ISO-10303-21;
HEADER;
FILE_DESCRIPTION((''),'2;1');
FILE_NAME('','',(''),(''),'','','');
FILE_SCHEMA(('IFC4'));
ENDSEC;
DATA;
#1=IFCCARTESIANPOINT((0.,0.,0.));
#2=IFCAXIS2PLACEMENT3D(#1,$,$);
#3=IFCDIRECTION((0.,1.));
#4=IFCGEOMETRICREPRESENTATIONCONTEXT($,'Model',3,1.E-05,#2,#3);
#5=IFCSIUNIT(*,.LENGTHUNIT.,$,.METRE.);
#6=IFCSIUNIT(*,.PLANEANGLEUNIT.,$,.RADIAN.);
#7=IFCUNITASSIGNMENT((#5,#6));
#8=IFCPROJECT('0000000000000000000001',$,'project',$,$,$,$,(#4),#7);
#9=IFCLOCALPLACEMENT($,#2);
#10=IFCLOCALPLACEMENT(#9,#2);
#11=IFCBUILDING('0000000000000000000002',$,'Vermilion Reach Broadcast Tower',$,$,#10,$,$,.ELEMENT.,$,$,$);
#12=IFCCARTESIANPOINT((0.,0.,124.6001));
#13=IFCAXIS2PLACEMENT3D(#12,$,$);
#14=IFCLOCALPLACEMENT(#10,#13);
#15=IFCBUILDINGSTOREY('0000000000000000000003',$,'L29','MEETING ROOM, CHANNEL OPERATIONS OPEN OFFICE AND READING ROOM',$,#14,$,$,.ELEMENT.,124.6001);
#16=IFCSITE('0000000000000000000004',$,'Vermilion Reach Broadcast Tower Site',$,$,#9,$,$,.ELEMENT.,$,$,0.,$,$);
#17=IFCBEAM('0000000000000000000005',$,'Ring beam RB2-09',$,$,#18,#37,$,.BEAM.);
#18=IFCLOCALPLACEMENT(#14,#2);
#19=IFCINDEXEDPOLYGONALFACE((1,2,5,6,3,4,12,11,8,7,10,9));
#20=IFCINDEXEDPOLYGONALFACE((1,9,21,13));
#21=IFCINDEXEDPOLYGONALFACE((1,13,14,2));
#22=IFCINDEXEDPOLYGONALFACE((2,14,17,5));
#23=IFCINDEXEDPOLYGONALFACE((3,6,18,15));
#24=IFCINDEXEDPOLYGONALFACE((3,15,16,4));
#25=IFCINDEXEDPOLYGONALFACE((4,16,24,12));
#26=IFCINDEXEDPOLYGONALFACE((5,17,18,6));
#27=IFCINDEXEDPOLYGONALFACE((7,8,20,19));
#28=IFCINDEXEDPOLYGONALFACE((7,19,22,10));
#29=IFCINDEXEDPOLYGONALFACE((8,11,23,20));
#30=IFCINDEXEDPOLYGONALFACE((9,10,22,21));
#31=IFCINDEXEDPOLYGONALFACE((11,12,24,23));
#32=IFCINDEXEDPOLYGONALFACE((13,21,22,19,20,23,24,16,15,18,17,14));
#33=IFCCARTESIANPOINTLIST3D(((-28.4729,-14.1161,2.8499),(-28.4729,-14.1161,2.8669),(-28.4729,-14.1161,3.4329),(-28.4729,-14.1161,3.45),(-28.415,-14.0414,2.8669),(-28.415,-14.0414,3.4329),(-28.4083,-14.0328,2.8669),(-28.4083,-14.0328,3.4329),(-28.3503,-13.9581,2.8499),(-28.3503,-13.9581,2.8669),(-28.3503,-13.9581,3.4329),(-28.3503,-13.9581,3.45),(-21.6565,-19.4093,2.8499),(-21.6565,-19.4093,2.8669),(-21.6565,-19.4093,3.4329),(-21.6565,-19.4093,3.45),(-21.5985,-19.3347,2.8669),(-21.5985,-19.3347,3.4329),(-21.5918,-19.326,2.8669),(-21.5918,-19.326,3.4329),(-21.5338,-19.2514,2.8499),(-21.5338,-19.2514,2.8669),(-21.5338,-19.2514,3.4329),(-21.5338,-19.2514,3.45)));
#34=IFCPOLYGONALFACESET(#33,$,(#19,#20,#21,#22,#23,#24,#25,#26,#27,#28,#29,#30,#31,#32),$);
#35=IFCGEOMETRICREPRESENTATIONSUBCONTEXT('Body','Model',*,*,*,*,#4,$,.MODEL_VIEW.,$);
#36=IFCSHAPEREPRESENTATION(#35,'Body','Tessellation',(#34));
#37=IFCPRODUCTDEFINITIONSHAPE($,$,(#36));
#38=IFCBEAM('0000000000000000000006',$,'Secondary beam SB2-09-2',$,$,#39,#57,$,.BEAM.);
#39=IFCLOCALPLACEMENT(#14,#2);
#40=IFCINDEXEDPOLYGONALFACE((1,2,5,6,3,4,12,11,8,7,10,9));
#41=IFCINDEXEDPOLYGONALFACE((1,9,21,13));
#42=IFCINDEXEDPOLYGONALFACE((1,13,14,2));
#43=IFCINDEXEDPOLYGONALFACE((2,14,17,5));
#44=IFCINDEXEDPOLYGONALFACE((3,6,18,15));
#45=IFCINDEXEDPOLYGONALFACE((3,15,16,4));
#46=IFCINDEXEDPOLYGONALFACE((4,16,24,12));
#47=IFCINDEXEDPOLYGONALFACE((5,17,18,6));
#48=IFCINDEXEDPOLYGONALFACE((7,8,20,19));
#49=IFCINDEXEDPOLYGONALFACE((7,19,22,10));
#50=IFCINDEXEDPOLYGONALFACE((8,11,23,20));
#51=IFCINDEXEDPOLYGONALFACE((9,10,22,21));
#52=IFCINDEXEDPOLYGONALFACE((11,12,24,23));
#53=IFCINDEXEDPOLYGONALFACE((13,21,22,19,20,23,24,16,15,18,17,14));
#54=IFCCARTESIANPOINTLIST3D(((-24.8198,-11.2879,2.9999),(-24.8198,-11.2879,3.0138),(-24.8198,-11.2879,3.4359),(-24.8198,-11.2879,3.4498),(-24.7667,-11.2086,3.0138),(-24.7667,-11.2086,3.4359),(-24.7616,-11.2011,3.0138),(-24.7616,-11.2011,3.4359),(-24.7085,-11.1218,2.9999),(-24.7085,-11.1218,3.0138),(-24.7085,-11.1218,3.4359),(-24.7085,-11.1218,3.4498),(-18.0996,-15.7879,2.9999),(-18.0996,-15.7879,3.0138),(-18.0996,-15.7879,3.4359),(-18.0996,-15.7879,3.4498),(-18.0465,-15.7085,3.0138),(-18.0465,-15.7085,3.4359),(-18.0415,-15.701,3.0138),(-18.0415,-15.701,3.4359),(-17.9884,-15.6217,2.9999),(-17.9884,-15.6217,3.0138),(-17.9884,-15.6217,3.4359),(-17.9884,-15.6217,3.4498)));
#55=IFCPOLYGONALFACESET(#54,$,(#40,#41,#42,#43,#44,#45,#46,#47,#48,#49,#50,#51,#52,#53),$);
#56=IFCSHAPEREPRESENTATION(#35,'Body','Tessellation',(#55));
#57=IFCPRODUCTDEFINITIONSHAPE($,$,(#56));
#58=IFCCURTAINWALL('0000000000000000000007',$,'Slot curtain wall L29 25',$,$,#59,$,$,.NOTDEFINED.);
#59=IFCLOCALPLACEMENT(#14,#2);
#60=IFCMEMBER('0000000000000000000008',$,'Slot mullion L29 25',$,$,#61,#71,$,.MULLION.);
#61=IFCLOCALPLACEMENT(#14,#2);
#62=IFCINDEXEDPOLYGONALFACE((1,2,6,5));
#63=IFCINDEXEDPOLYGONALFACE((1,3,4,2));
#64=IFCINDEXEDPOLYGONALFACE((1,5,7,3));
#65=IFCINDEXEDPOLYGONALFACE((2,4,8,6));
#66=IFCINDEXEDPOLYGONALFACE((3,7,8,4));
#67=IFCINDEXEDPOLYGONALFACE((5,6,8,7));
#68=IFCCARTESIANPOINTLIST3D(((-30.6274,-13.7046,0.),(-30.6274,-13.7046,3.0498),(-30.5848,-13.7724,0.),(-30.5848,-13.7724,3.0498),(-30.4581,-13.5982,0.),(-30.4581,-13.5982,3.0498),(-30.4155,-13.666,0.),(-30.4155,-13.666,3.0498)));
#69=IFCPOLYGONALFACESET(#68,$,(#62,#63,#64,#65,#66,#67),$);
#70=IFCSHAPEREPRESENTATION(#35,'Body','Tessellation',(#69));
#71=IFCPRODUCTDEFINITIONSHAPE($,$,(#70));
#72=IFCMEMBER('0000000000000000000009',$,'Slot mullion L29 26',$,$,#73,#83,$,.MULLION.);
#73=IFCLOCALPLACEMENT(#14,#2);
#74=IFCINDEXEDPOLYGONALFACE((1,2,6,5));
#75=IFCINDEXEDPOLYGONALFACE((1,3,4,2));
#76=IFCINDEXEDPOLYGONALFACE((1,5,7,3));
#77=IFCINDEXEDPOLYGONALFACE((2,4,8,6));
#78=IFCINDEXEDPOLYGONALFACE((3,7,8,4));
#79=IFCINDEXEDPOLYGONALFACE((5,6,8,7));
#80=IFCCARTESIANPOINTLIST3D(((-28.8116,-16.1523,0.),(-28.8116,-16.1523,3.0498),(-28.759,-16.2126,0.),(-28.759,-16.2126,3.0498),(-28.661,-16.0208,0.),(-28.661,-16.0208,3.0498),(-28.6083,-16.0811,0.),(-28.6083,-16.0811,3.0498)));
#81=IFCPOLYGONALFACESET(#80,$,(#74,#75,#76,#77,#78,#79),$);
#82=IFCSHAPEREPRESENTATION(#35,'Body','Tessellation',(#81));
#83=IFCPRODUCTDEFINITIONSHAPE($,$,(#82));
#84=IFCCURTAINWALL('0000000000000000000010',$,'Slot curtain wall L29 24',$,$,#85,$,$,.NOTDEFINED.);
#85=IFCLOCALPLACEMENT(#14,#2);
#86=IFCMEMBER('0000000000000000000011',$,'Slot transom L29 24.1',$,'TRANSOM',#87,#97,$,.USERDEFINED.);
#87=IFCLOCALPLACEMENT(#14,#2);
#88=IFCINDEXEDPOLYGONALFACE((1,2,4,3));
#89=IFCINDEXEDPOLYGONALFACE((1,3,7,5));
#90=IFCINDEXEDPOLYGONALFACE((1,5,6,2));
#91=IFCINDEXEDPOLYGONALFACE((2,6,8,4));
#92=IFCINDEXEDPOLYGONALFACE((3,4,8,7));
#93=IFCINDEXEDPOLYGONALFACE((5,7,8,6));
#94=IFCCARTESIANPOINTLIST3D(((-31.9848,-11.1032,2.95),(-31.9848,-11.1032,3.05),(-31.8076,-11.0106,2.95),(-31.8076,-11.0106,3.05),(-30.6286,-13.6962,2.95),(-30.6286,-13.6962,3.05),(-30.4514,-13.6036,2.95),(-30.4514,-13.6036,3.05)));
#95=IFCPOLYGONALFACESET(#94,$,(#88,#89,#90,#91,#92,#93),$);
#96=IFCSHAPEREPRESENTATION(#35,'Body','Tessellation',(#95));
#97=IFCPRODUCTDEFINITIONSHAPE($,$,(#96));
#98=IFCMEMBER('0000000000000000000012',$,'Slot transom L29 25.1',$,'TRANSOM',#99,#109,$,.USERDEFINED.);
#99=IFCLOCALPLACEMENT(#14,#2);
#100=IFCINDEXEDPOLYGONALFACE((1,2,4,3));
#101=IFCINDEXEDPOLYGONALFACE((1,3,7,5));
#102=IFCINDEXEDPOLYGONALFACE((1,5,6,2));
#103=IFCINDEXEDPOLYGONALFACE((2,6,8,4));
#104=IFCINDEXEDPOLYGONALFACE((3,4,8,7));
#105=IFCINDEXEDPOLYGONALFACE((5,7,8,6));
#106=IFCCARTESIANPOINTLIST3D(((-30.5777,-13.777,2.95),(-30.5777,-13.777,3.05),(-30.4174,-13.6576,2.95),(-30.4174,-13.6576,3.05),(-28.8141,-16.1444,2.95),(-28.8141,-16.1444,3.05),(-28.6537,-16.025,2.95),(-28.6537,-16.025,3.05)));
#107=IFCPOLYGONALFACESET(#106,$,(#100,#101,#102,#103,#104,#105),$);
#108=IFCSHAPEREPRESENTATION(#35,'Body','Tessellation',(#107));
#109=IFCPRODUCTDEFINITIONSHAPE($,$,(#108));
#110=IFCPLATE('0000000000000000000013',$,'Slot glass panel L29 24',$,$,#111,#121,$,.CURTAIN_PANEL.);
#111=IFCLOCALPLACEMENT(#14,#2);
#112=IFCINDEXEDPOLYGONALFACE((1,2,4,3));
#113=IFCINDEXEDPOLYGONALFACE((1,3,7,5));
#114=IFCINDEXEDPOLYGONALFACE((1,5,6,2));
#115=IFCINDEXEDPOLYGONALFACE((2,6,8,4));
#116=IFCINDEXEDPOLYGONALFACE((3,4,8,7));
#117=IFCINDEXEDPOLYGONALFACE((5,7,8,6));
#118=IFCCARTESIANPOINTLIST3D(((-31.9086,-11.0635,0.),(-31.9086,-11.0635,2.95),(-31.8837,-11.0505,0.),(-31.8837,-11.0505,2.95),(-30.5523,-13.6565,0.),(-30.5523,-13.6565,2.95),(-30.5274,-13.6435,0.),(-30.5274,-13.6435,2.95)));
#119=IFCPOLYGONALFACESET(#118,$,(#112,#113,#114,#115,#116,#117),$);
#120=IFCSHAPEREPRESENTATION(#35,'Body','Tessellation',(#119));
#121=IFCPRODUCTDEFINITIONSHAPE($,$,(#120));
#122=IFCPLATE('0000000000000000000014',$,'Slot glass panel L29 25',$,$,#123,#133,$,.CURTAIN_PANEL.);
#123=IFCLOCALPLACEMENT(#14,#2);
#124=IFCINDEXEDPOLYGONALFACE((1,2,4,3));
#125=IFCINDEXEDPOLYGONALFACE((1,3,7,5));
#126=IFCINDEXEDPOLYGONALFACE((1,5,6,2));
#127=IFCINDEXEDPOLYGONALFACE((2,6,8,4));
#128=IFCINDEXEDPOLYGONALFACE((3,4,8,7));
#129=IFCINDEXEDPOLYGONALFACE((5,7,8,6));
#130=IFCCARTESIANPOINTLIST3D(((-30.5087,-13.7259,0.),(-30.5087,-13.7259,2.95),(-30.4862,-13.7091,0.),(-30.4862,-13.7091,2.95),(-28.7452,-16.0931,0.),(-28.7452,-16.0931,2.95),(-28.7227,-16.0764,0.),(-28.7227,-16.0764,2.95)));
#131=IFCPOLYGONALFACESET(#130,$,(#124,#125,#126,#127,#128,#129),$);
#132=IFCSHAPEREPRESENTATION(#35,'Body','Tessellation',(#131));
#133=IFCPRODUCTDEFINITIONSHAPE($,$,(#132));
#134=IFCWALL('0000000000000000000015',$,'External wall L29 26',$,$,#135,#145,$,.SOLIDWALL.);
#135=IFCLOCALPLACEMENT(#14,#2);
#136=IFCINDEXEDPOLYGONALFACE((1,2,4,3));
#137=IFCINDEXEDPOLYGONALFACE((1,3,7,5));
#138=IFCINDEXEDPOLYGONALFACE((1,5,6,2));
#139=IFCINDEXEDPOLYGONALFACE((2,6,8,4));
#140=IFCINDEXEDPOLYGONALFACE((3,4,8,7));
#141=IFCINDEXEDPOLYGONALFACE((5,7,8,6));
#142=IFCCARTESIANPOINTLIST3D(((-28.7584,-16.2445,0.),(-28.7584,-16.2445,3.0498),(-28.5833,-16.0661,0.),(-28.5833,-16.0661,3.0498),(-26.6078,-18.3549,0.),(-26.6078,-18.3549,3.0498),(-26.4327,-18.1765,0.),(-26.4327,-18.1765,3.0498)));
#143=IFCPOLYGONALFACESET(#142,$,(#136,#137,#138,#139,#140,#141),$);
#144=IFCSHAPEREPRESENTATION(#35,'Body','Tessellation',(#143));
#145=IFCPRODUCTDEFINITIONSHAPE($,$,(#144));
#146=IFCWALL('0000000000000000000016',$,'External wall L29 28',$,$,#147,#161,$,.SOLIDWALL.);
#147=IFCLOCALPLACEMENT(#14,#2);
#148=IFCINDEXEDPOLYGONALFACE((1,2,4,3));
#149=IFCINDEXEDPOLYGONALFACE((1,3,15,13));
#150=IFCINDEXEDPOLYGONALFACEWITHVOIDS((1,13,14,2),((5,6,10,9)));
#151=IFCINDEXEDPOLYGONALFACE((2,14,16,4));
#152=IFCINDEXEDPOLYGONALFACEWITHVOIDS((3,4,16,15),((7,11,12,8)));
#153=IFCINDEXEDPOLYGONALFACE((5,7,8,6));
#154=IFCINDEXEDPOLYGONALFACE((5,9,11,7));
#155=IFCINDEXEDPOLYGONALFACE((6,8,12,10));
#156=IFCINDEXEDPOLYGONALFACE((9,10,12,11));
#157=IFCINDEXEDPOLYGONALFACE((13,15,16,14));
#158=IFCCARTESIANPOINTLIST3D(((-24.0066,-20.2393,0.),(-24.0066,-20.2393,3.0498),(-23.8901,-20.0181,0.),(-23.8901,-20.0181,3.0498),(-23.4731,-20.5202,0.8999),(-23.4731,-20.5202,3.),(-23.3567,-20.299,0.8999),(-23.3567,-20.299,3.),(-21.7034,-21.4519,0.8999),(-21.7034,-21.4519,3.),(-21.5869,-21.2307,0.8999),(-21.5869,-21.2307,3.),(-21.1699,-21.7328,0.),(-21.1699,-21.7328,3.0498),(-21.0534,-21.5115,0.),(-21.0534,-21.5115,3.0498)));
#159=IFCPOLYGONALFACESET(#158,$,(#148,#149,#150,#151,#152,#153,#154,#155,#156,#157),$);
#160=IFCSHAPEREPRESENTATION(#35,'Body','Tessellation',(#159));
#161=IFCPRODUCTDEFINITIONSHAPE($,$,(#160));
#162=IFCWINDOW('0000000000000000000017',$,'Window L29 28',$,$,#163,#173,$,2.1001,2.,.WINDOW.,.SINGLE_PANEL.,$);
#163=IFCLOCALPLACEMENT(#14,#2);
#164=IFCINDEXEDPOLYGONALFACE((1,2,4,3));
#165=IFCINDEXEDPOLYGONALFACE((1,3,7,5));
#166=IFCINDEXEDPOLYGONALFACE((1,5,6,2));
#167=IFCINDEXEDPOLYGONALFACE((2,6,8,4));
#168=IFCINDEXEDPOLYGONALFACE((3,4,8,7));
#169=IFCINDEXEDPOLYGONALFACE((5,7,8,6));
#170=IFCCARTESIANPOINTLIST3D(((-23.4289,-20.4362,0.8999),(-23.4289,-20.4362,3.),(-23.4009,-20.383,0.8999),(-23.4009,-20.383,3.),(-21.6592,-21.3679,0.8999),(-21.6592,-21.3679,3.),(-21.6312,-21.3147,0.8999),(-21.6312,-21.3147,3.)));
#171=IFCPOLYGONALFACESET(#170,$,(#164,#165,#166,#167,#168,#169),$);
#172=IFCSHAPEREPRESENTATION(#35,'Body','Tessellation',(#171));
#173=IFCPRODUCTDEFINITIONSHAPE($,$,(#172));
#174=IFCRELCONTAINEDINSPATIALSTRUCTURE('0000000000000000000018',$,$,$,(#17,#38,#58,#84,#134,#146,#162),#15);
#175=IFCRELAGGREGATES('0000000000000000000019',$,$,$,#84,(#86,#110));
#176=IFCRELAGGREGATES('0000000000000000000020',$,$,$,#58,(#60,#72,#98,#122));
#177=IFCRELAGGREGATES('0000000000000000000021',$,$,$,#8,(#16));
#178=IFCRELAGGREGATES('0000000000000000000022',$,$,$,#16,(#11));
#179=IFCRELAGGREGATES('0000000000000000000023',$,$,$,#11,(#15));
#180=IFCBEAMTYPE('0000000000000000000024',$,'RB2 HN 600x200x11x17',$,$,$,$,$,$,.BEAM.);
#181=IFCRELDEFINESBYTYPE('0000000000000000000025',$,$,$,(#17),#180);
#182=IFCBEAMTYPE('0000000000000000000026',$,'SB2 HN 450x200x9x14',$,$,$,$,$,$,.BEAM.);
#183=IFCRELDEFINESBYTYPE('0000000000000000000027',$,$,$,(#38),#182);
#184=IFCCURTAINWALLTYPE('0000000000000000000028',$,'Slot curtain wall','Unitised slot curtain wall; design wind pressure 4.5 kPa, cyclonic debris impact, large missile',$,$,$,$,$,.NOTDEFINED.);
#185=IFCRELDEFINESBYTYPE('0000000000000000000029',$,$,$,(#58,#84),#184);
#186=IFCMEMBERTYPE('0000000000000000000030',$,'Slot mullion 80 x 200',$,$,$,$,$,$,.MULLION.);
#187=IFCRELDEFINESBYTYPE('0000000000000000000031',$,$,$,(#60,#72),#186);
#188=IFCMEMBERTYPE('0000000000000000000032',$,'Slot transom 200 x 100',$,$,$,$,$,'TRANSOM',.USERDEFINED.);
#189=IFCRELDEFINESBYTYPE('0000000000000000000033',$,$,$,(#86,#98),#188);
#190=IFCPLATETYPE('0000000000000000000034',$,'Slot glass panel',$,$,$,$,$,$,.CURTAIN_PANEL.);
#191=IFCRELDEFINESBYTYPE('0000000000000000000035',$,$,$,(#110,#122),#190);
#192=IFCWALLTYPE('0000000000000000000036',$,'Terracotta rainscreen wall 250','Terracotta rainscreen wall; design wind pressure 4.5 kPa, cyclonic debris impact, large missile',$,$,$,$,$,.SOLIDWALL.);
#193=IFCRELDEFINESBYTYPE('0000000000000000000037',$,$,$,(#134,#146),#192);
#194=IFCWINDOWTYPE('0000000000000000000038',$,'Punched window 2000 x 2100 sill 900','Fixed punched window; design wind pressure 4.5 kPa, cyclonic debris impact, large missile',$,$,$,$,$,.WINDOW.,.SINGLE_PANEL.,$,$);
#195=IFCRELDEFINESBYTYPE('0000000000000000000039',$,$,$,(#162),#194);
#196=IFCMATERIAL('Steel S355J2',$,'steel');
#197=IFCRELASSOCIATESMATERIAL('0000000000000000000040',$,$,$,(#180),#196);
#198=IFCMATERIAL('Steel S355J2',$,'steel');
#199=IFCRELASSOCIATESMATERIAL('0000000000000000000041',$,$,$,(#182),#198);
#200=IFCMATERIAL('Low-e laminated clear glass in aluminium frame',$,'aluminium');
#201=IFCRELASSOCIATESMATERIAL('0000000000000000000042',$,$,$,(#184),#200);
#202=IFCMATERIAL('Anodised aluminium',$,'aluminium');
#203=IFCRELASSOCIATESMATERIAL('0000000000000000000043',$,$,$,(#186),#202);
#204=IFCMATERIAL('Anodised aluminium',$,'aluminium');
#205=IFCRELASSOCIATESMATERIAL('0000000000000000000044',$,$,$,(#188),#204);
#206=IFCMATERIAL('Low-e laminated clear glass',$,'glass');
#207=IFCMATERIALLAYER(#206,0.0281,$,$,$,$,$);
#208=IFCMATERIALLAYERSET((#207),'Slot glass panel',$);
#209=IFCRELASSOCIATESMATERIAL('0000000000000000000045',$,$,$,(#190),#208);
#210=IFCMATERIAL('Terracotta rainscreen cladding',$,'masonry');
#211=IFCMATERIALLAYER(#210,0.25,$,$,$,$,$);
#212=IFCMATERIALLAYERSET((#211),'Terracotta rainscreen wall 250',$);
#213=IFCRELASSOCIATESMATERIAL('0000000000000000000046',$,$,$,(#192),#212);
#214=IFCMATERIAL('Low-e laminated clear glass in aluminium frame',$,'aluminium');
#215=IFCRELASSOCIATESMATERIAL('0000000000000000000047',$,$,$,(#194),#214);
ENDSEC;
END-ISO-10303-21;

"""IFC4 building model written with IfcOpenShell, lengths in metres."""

from ifc_helpers import new_model, si_unit, direction, frame, frame_2d, origin, origin_2d, place, context, subcontext, project, spatial, rectangle, i_section, extrude, material, layer, layer_set, material_profile, profile_set, type_object, element, fill, aggregate, save


model = new_model("IFC4")

# Units and contexts
model_context = context("Model", 3, precision=1e-05, world=origin(), true_north=direction((0.0, 1.0)))
body_context = subcontext(model_context, "Body", "Model", "MODEL_VIEW")
ifc_project = project(units=[si_unit("LENGTHUNIT", "METRE"), si_unit("PLANEANGLEUNIT", "RADIAN")], contexts=[model_context])

# Site, building, storey
site_placement = place(None, origin())
site = spatial("IfcSite", under=ifc_project, at=site_placement, Name="Vermilion Reach Broadcast Tower Site", CompositionType="ELEMENT", RefElevation=0.0)
building_placement = place(site_placement, origin())
building = spatial("IfcBuilding", under=site, at=building_placement, Name="Vermilion Reach Broadcast Tower", CompositionType="ELEMENT")
storey_placement = place(building_placement, frame((0.0, 0.0, 124.6001)))
storey = spatial("IfcBuildingStorey", under=building, at=storey_placement, Name="L29", Description="MEETING ROOM, CHANNEL OPERATIONS OPEN OFFICE AND READING ROOM", CompositionType="ELEMENT", Elevation=124.6001)

# Beams
ifc_material_1 = material(Name="Steel S355J2", Category="steel")
ifc_material_profile_1 = material_profile(ifc_material_1, i_section(OverallWidth=0.2, OverallDepth=0.6001, WebThickness=0.011, FlangeThickness=0.0171, at=origin_2d()), Name="S355J2 HN 600x200x11x17")
ifc_profile_set_1 = profile_set([ifc_material_profile_1], Name="Steel S355J2")
beam_type_1 = type_object("IfcBeamType", Name="RB2 HN 600x200x11x17", PredefinedType="BEAM", material=ifc_profile_set_1)
beam_1_placement = place(storey_placement, frame((-28.4116, -14.0371, 3.1499), z_axis=(0.789826, -0.613331, 0.0), x_axis=(0.613331, 0.789826, 0.0)))
element("IfcBeam", 1, at=beam_1_placement, inside=storey, type_object=beam_type_1, Name="Ring beam RB2-09", PredefinedType="BEAM", context=body_context, shape_type="SweptSolid", body=[
    extrude(i_section(OverallWidth=0.2, OverallDepth=0.6001, WebThickness=0.011, FlangeThickness=0.0171, at=origin_2d()), origin(), (0.0, 0.0, 1.0), 8.6304),
])
ifc_material_2 = material(Name="Steel S355J2", Category="steel")
ifc_material_profile_2 = material_profile(ifc_material_2, i_section(OverallWidth=0.2, OverallDepth=0.45, WebThickness=0.009, FlangeThickness=0.0139, at=origin_2d()), Name="S355J2 HN 450x200x9x14")
ifc_profile_set_2 = profile_set([ifc_material_profile_2], Name="Steel S355J2")
beam_type_2 = type_object("IfcBeamType", Name="SB2 HN 450x200x9x14", PredefinedType="BEAM", material=ifc_profile_set_2)
beam_2_placement = place(storey_placement, frame((-24.7642, -11.2048, 3.2249), z_axis=(0.830915, -0.556399, 0.0), x_axis=(0.556399, 0.830915, 0.0)))
element("IfcBeam", 2, at=beam_2_placement, inside=storey, type_object=beam_type_2, Name="Secondary beam SB2-09-2", PredefinedType="BEAM", context=body_context, shape_type="SweptSolid", body=[
    extrude(i_section(OverallWidth=0.2, OverallDepth=0.45, WebThickness=0.009, FlangeThickness=0.0139, at=origin_2d()), origin(), (0.0, 0.0, 1.0), 8.0876),
])

# Curtain wall, members
ifc_material_3 = material(Name="Low-e laminated clear glass in aluminium frame", Category="aluminium")
curtain_wall_type = type_object("IfcCurtainWallType", Name="Slot curtain wall", Description="Unitised slot curtain wall; design wind pressure 4.5 kPa, cyclonic debris impact, large missile", PredefinedType="NOTDEFINED", material=ifc_material_3)
placement = place(storey_placement, origin())
curtain_wall_1 = element("IfcCurtainWall", 3, at=placement, inside=storey, type_object=curtain_wall_type, Name="Slot curtain wall L29 25", PredefinedType="NOTDEFINED")
ifc_material_4 = material(Name="Anodised aluminium", Category="aluminium")
ifc_material_profile_3 = material_profile(ifc_material_4, rectangle(XDim=0.2, YDim=0.0801, at=origin_2d()), Name="Slot mullion 80 x 200")
ifc_profile_set_3 = profile_set([ifc_material_profile_3], Name="Anodised aluminium")
member_type_1 = type_object("IfcMemberType", Name="Slot mullion 80 x 200", PredefinedType="MULLION", material=ifc_profile_set_3)
member_1_placement = place(storey_placement, frame((-30.5215, -13.6853, 0.0), z_axis=(0.0, 0.0, 1.0), x_axis=(0.846668, 0.532121, 0.0)))
member_1 = element("IfcMember", 4, at=member_1_placement, type_object=member_type_1, Name="Slot mullion L29 25", PredefinedType="MULLION", context=body_context, shape_type="SweptSolid", body=[
    extrude(rectangle(XDim=0.2, YDim=0.0801, at=origin_2d()), origin(), (0.0, 0.0, 1.0), 3.0498),
])
member_2_placement = place(storey_placement, frame((-28.71, -16.1167, 0.0), z_axis=(0.0, 0.0, 1.0), x_axis=(0.753409, 0.657552, 0.0)))
member_2 = element("IfcMember", 5, at=member_2_placement, type_object=member_type_1, Name="Slot mullion L29 26", PredefinedType="MULLION", context=body_context, shape_type="SweptSolid", body=[
    extrude(rectangle(XDim=0.2, YDim=0.0801, at=origin_2d()), origin(), (0.0, 0.0, 1.0), 3.0498),
])

# Curtain wall, member
curtain_wall_2 = element("IfcCurtainWall", 6, at=placement, inside=storey, type_object=curtain_wall_type, Name="Slot curtain wall L29 24", PredefinedType="NOTDEFINED")
ifc_material_5 = material(Name="Anodised aluminium", Category="aluminium")
ifc_material_profile_4 = material_profile(ifc_material_5, rectangle(XDim=0.2, YDim=0.1001, at=origin_2d()), Name="Slot transom 200 x 100")
ifc_profile_set_4 = profile_set([ifc_material_profile_4], Name="Anodised aluminium")
member_type_2 = type_object("IfcMemberType", Name="Slot transom 200 x 100", ElementType="TRANSOM", PredefinedType="USERDEFINED", material=ifc_profile_set_4)
member_3_placement = place(storey_placement, frame((-31.8962, -11.0569, 3.0), z_axis=(0.463458, -0.886119, 0.0), x_axis=(0.886119, 0.463458, 0.0)))
member_3 = element("IfcMember", 7, at=member_3_placement, type_object=member_type_2, Name="Slot transom L29 24.1", ObjectType="TRANSOM", PredefinedType="USERDEFINED", context=body_context, shape_type="SweptSolid", body=[
    extrude(rectangle(XDim=0.2, YDim=0.1001, at=origin_2d()), origin(), (0.0, 0.0, 1.0), 2.9263),
])

# Member
member_4_placement = place(storey_placement, frame((-30.4976, -13.7173, 3.0), z_axis=(0.597417, -0.801931, 0.0), x_axis=(0.801931, 0.597417, 0.0)))
member_4 = element("IfcMember", 8, at=member_4_placement, type_object=member_type_2, Name="Slot transom L29 25.1", ObjectType="TRANSOM", PredefinedType="USERDEFINED", context=body_context, shape_type="SweptSolid", body=[
    extrude(rectangle(XDim=0.2, YDim=0.1001, at=origin_2d()), origin(), (0.0, 0.0, 1.0), 2.9521),
])

# Plates
ifc_material_6 = material(Name="Low-e laminated clear glass", Category="glass")
ifc_layer_1 = layer(ifc_material_6, 0.0281)
ifc_layer_set_1 = layer_set([ifc_layer_1], Name="Slot glass panel")
plate_type = type_object("IfcPlateType", Name="Slot glass panel", PredefinedType="CURTAIN_PANEL", material=ifc_layer_set_1)
plate_1_placement = place(storey_placement, frame((-31.218, -12.3535, 0.0), z_axis=(0.0, 0.0, 1.0), x_axis=(0.463501, -0.886097, 0.0)))
plate_1 = element("IfcPlate", 9, at=plate_1_placement, type_object=plate_type, Name="Slot glass panel L29 24", PredefinedType="CURTAIN_PANEL", context=body_context, shape_type="SweptSolid", body=[
    extrude(rectangle(XDim=2.9263, YDim=0.0281, at=origin_2d()), origin(), (0.0, 0.0, 1.0), 2.95),
])
aggregate(curtain_wall_2, [member_3, plate_1])
plate_2_placement = place(storey_placement, frame((-29.6157, -14.9011, 0.0), z_axis=(0.0, 0.0, 1.0), x_axis=(0.597409, -0.801937, 0.0)))
plate_2 = element("IfcPlate", 10, at=plate_2_placement, type_object=plate_type, Name="Slot glass panel L29 25", PredefinedType="CURTAIN_PANEL", context=body_context, shape_type="SweptSolid", body=[
    extrude(rectangle(XDim=2.9519, YDim=0.0281, at=origin_2d()), origin(), (0.0, 0.0, 1.0), 2.95),
])
aggregate(curtain_wall_1, [member_1, member_2, member_4, plate_2])

# Wall
ifc_material_7 = material(Name="Terracotta rainscreen cladding", Category="masonry")
ifc_layer_2 = layer(ifc_material_7, 0.25)
ifc_layer_set_2 = layer_set([ifc_layer_2], Name="Terracotta rainscreen wall 250")
wall_type = type_object("IfcWallType", Name="Terracotta rainscreen wall 250", Description="Terracotta rainscreen wall; design wind pressure 4.5 kPa, cyclonic debris impact, large missile", PredefinedType="SOLIDWALL", material=ifc_layer_set_2)
wall_1_placement = place(storey_placement, frame((-28.6709, -16.1553, 0.0), z_axis=(0.0, 0.0, 1.0), x_axis=(0.71376, -0.700391, 0.0)))
element("IfcWall", 11, at=wall_1_placement, inside=storey, type_object=wall_type, Name="External wall L29 26", PredefinedType="SOLIDWALL", context=body_context, shape_type="SweptSolid", body=[
    extrude(rectangle(XDim=3.0132, YDim=0.25, at=frame_2d((1.5066, 0.0))), origin(), (0.0, 0.0, 1.0), 3.0498),
])

# Wall, opening, window
wall_2_placement = place(storey_placement, frame((-23.9485, -20.1287, 0.0), z_axis=(0.0, 0.0, 1.0), x_axis=(0.884864, -0.46585, 0.0)))
wall_2 = element("IfcWall", 12, at=wall_2_placement, inside=storey, type_object=wall_type, Name="External wall L29 28", PredefinedType="SOLIDWALL", context=body_context, shape_type="SweptSolid", body=[
    extrude(rectangle(XDim=3.2058, YDim=0.25, at=frame_2d((1.603, 0.0))), origin(), (0.0, 0.0, 1.0), 3.0498),
])
opening_1_placement = place(wall_2_placement, frame((0.603, 0.0, 0.8999)))
opening_1 = element("IfcOpeningElement", 13, at=opening_1_placement, cuts=wall_2, PredefinedType="OPENING", context=body_context, shape_type="SweptSolid", body=[
    extrude(rectangle(XDim=2.0, YDim=2.1001, at=frame_2d((1.0, 1.05))), frame((0.0, 0.135, 0.0), z_axis=(0.0, -1.0, 0.0), x_axis=(1.0, 0.0, 0.0)), (0.0, 0.0, 1.0), 0.27),
])
ifc_material_8 = material(Name="Low-e laminated clear glass in aluminium frame", Category="aluminium")
window_type = type_object("IfcWindowType", Name="Punched window 2000 x 2100 sill 900", Description="Fixed punched window; design wind pressure 4.5 kPa, cyclonic debris impact, large missile", PartitioningType="SINGLE_PANEL", PredefinedType="WINDOW", material=ifc_material_8)
window_placement = place(opening_1_placement, origin())
window = element("IfcWindow", 14, at=window_placement, inside=storey, type_object=window_type, Name="Window L29 28", OverallHeight=2.1001, OverallWidth=2.0, PartitioningType="SINGLE_PANEL", PredefinedType="WINDOW", context=body_context, shape_type="SweptSolid", body=[
    extrude(rectangle(XDim=2.0, YDim=2.1001, at=frame_2d((1.0, 1.05))), frame((0.0, 0.03, 0.0), z_axis=(0.0, -1.0, 0.0), x_axis=(1.0, 0.0, 0.0)), (0.0, 0.0, 1.0), 0.0601),
])
fill(opening_1, window)

save(model, "model.ifc")
